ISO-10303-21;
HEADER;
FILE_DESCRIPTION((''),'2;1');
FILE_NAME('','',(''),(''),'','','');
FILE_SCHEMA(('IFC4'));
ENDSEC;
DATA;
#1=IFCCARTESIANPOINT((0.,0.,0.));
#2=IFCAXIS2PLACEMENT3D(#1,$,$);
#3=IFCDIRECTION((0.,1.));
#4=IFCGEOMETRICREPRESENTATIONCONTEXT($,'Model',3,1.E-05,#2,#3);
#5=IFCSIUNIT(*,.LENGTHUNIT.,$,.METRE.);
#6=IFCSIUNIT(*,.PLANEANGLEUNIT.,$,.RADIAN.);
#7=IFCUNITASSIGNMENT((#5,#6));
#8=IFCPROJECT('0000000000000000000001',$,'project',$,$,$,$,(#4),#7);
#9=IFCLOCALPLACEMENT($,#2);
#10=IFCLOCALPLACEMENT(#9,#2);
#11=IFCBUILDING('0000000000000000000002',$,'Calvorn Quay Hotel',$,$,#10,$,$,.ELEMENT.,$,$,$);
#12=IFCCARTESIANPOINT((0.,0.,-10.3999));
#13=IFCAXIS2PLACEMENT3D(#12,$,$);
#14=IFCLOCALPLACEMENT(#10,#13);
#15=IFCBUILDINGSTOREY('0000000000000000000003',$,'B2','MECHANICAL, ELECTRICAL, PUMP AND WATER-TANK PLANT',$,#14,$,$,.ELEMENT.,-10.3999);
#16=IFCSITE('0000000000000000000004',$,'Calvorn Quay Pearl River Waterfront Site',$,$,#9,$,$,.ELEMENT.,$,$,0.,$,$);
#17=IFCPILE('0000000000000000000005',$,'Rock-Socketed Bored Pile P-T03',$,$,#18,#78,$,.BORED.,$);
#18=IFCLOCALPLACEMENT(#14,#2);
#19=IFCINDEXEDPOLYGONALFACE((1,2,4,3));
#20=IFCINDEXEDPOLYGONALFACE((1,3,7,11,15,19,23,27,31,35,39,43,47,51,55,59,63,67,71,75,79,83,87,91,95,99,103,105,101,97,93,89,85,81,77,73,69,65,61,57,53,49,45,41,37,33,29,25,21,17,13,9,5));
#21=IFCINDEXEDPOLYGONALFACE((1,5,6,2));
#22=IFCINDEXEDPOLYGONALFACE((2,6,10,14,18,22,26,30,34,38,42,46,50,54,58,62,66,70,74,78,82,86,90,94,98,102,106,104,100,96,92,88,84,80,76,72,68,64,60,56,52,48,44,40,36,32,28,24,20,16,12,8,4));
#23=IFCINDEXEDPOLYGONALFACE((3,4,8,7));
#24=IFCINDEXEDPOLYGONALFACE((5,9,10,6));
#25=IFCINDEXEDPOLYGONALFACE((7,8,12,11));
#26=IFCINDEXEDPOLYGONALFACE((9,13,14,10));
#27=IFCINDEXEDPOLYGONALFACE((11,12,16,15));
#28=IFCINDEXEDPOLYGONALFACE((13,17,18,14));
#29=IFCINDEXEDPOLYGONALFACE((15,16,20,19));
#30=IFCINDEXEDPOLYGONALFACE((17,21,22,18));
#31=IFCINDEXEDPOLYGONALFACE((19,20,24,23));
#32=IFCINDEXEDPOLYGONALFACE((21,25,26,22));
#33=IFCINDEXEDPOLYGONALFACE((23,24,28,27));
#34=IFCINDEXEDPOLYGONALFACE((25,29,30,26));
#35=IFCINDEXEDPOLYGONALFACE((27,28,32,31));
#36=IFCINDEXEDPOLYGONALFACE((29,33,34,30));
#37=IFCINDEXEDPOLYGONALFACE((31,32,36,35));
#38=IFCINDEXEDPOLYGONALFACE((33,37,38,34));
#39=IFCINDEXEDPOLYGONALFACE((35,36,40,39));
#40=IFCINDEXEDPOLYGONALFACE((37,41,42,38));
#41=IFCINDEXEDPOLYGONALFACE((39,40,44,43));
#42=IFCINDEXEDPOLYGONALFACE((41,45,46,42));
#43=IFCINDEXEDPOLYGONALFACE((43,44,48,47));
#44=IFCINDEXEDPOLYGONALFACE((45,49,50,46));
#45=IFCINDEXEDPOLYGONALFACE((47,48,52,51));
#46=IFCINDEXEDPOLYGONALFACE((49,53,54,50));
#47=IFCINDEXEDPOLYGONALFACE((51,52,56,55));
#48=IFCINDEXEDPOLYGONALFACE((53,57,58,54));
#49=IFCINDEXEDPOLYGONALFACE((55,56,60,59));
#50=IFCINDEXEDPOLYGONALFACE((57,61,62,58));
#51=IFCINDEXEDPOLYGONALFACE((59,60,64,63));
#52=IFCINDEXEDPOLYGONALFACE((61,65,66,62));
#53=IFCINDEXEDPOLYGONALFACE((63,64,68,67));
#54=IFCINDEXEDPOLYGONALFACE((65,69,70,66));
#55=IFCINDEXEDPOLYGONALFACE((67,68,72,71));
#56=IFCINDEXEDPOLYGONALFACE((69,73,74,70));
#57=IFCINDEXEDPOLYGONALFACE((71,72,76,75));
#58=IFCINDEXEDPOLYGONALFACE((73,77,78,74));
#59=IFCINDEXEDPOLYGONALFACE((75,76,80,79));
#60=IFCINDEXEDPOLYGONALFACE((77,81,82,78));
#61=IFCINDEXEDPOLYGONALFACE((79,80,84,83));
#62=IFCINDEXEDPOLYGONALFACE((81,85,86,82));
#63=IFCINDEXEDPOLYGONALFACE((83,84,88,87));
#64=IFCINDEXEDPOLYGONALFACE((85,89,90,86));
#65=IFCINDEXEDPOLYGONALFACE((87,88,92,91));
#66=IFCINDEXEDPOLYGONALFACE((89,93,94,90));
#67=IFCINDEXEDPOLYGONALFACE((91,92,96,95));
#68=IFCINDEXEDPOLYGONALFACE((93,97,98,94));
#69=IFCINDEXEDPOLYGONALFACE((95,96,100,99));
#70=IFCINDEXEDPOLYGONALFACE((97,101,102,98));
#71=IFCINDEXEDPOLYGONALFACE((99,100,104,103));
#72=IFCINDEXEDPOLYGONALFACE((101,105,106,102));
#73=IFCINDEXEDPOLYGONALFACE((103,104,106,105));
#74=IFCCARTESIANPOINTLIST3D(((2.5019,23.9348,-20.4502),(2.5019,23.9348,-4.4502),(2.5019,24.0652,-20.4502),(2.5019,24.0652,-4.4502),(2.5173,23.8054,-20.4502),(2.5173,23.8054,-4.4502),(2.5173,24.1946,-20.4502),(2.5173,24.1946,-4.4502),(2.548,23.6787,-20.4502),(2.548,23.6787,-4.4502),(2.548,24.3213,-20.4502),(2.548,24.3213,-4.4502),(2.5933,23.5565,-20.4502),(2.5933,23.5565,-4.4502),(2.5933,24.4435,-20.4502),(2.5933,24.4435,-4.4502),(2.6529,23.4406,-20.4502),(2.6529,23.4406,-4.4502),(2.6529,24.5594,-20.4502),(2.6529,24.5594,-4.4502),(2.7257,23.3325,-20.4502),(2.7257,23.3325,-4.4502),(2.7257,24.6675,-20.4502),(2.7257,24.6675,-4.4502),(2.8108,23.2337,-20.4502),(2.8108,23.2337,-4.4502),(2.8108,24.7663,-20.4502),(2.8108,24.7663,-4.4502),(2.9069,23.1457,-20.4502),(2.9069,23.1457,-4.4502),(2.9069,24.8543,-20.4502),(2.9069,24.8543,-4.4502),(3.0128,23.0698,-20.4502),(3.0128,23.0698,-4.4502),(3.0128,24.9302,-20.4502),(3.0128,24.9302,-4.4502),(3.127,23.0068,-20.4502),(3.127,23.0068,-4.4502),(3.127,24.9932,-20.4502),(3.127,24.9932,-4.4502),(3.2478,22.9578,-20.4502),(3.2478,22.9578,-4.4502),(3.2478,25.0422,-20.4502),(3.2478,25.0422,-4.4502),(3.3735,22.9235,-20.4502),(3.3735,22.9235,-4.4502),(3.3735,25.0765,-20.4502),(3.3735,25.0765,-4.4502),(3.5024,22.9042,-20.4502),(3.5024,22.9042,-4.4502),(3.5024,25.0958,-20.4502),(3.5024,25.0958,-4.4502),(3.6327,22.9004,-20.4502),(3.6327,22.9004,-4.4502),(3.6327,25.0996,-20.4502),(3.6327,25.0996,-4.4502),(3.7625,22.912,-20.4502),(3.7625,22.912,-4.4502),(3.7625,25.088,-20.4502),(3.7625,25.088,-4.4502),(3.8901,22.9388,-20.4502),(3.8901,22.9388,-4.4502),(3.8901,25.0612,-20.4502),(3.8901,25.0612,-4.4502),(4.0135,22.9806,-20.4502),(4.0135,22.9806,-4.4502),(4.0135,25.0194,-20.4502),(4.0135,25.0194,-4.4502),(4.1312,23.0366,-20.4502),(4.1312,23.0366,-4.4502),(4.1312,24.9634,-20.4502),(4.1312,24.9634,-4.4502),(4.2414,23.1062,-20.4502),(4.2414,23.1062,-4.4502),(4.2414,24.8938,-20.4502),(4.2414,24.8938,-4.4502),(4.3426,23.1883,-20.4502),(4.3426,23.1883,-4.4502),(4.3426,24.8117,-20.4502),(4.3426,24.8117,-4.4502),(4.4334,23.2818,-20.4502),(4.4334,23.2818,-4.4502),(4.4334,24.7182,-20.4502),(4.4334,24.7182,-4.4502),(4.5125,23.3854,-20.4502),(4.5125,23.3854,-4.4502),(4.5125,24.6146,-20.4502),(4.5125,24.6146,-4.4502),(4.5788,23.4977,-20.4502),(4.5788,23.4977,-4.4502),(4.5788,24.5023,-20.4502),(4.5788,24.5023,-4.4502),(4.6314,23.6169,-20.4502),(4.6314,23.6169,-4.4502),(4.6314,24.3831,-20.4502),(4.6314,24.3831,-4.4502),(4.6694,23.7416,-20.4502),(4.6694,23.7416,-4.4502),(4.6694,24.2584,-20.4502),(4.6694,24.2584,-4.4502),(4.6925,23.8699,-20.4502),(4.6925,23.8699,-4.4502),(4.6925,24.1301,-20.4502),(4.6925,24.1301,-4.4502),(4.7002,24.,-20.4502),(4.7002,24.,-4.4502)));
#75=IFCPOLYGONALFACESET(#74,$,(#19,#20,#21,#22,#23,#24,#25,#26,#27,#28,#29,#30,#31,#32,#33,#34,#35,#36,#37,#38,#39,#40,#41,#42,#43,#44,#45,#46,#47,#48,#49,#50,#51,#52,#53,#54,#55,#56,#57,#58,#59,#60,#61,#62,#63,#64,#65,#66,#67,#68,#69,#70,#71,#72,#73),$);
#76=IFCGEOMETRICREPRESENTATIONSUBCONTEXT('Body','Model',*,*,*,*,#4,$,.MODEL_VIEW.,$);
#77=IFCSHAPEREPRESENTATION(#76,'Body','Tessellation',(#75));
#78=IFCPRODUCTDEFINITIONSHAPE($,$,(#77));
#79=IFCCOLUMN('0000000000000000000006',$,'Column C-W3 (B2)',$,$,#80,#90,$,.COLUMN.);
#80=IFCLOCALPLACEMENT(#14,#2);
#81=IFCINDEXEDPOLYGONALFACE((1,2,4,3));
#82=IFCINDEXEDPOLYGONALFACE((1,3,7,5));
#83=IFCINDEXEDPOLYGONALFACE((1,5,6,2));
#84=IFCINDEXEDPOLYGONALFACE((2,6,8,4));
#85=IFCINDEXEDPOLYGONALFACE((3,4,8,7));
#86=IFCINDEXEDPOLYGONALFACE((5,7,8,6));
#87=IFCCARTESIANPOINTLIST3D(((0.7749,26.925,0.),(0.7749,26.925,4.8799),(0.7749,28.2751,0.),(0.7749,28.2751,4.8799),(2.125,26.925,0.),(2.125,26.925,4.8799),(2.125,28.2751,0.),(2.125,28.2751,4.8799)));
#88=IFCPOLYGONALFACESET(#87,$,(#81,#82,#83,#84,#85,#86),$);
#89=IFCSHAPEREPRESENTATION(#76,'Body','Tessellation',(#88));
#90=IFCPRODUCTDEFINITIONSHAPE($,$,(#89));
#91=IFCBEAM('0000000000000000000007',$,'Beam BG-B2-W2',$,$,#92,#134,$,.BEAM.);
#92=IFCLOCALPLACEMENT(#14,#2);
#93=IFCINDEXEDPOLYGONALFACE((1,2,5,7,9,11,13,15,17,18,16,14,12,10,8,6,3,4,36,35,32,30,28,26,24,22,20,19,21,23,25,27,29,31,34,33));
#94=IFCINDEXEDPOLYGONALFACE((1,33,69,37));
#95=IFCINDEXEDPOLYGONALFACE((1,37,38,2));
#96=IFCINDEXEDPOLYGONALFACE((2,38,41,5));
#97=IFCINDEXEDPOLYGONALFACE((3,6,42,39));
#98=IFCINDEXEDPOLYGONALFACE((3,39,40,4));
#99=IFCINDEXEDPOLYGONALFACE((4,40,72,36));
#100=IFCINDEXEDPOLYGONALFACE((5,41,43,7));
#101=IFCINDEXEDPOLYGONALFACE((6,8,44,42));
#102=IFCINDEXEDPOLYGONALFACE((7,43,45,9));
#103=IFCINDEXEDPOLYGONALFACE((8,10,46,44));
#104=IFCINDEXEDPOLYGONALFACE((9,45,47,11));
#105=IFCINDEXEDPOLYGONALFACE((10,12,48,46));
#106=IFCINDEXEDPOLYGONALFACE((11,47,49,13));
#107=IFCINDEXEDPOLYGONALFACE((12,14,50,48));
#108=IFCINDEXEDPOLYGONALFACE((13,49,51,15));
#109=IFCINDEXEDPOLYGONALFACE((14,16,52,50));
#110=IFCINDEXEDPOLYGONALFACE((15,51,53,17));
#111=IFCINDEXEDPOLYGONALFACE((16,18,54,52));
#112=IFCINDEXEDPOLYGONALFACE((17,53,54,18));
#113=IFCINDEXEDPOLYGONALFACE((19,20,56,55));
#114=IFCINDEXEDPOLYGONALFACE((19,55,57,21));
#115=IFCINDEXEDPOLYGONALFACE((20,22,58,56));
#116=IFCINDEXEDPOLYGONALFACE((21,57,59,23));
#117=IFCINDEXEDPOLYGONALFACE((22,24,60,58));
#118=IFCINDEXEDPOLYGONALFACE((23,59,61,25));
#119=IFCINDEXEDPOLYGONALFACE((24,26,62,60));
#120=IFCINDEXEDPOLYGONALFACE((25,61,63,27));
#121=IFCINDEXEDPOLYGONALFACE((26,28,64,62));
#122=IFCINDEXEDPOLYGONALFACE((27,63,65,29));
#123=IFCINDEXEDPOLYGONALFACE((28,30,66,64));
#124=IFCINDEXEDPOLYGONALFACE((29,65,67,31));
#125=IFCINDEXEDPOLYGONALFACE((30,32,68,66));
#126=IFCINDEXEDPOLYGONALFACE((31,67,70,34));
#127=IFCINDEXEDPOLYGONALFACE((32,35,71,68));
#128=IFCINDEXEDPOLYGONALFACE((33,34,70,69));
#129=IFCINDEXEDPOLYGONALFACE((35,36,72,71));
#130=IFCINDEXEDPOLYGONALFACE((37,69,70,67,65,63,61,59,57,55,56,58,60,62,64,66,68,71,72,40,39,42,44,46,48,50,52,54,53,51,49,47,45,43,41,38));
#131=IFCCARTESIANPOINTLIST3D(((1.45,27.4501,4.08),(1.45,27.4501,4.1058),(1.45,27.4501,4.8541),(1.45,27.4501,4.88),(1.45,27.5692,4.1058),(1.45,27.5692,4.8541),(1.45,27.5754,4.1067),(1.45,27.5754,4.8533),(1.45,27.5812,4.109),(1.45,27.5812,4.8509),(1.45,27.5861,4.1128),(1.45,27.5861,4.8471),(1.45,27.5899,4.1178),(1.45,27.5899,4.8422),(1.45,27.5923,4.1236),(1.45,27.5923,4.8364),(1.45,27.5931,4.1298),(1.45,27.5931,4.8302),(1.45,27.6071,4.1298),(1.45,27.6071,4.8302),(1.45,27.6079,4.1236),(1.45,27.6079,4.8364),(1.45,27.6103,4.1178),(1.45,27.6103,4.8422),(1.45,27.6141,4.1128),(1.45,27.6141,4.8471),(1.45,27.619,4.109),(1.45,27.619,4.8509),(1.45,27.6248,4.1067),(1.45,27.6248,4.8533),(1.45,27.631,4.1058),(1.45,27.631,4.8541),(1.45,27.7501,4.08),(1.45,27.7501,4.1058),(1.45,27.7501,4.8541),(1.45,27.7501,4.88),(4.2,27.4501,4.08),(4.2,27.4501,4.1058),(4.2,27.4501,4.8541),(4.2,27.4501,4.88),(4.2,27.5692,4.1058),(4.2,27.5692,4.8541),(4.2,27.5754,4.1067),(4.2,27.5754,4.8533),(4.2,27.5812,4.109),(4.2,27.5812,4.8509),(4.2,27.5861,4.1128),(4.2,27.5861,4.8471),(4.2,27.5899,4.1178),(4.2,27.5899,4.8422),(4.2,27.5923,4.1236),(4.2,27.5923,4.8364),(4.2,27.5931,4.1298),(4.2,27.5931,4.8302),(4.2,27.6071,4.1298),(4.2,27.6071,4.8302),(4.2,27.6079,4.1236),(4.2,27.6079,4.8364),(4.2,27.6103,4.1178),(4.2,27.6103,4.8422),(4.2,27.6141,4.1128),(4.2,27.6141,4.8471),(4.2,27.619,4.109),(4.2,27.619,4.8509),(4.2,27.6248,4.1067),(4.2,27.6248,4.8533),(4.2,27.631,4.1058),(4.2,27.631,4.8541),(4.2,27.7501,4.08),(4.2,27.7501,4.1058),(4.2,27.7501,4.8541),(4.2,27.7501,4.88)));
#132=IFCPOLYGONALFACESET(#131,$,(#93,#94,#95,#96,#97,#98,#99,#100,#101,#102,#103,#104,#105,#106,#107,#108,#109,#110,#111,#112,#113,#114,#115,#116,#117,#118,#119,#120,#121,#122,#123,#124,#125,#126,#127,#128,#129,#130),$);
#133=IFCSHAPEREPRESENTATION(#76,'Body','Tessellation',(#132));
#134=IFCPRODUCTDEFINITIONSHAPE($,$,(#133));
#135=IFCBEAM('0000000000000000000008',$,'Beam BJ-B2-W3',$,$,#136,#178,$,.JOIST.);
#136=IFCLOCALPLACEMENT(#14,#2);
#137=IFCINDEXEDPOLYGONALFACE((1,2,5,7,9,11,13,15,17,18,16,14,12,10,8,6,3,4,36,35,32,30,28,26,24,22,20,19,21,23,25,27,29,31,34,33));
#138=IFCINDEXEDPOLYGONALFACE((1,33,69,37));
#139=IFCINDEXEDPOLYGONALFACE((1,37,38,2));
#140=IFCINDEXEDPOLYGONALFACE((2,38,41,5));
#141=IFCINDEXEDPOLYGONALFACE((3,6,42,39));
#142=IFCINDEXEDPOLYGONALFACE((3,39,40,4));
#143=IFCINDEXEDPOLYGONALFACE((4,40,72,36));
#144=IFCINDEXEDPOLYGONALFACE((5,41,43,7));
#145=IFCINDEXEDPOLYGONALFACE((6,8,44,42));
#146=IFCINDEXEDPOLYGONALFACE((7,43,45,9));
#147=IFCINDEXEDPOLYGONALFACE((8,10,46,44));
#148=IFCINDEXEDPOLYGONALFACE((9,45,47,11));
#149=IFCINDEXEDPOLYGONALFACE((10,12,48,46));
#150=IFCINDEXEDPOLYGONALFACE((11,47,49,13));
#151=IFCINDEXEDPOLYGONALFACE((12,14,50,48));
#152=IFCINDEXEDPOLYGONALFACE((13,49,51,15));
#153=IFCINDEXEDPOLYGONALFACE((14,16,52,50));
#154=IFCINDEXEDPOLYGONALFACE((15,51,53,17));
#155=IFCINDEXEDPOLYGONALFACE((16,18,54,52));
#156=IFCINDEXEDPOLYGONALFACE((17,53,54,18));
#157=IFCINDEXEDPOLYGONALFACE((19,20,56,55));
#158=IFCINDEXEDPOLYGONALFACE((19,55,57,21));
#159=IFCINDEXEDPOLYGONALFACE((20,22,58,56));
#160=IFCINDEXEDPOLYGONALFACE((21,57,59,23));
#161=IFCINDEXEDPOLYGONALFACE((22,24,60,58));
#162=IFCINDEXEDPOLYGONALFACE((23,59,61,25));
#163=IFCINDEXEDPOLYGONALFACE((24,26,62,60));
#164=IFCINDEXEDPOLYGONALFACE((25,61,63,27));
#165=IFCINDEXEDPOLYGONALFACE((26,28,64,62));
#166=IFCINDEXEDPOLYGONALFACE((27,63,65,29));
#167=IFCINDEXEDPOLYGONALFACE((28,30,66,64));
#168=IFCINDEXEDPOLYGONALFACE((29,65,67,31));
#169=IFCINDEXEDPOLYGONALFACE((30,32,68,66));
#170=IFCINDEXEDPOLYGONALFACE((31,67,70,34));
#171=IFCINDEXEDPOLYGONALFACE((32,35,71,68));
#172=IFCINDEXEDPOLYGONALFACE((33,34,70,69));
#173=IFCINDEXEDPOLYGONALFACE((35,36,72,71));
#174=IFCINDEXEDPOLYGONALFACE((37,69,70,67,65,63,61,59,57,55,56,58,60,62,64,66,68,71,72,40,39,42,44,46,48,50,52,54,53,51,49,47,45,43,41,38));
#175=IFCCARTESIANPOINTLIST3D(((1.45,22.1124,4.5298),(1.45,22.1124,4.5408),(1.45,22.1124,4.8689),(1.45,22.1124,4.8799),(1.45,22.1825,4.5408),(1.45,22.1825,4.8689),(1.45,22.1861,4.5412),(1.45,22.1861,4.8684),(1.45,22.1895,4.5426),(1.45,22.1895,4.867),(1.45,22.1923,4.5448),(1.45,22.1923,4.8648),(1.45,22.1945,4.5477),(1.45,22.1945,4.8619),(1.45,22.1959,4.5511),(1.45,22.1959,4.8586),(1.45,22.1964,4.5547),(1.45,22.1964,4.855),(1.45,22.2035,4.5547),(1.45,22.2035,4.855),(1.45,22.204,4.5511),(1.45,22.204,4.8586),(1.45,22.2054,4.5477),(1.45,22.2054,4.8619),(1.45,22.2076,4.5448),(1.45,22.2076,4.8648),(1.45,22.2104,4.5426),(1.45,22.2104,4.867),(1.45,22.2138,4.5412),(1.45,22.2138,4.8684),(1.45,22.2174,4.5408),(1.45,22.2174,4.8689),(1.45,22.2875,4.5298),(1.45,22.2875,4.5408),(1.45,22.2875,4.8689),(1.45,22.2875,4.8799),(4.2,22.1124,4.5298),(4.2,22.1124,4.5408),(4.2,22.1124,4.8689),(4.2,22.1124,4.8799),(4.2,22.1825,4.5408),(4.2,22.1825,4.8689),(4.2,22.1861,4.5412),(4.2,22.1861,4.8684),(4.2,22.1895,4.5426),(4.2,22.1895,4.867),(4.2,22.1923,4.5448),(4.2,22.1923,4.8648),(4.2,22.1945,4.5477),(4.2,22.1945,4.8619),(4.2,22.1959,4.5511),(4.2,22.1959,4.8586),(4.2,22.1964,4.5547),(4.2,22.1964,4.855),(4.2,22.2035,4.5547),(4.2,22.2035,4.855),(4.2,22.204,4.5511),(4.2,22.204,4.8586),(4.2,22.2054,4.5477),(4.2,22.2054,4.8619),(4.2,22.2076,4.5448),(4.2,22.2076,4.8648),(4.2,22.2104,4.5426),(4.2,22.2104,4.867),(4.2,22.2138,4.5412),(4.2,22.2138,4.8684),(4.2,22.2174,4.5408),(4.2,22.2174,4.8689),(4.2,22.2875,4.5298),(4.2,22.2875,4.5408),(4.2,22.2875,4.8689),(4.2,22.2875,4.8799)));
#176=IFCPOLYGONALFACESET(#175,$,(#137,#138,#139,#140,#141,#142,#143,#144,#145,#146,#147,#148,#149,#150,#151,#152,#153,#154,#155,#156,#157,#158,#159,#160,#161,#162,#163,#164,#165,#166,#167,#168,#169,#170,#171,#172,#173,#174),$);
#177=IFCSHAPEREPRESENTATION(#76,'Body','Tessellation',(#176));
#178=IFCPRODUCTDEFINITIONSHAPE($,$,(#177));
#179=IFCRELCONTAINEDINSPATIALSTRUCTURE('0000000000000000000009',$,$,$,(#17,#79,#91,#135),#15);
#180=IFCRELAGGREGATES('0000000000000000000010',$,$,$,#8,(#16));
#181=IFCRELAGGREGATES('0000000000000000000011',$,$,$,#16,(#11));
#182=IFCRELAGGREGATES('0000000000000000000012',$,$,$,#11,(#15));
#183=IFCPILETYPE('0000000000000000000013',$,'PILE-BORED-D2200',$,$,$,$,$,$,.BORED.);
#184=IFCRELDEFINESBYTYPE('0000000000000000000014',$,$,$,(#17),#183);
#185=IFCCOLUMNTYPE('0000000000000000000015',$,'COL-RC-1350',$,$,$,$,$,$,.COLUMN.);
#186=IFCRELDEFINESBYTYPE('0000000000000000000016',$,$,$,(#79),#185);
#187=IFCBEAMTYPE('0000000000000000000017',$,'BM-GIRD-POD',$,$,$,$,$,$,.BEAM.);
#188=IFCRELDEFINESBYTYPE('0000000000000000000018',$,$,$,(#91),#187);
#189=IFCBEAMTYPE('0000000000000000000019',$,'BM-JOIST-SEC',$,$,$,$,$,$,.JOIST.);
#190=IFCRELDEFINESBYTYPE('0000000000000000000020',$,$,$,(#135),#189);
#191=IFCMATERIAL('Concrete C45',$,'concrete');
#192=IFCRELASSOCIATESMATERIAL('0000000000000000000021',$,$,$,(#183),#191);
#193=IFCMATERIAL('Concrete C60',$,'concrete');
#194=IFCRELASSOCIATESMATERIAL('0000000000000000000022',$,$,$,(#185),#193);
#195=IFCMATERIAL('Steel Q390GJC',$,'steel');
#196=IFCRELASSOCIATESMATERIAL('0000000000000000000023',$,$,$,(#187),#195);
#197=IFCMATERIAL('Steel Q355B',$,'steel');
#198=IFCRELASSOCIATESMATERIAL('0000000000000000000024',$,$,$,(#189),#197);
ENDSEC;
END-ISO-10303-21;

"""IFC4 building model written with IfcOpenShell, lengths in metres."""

from ifc_helpers import new_model, si_unit, direction, frame, origin, origin_2d, place, context, subcontext, project, spatial, rectangle, circle, i_section, extrude, material, material_profile, profile_set, type_object, element, save


model = new_model("IFC4")

# Units and contexts
model_context = context("Model", 3, precision=1e-05, world=origin(), true_north=direction((0.0, 1.0)))
body_context = subcontext(model_context, "Body", "Model", "MODEL_VIEW")
ifc_project = project(units=[si_unit("LENGTHUNIT", "METRE"), si_unit("PLANEANGLEUNIT", "RADIAN")], contexts=[model_context])

# Site, building, storey
site_placement = place(None, origin())
site = spatial("IfcSite", under=ifc_project, at=site_placement, Name="Calvorn Quay Pearl River Waterfront Site", CompositionType="ELEMENT", RefElevation=0.0)
building_placement = place(site_placement, origin())
building = spatial("IfcBuilding", under=site, at=building_placement, Name="Calvorn Quay Hotel", CompositionType="ELEMENT")
storey_placement = place(building_placement, frame((0.0, 0.0, -10.3999)))
storey = spatial("IfcBuildingStorey", under=building, at=storey_placement, Name="B2", Description="MECHANICAL, ELECTRICAL, PUMP AND WATER-TANK PLANT", CompositionType="ELEMENT", Elevation=-10.3999)

# Pile
ifc_material_1 = material(Name="Concrete C45", Category="concrete")
ifc_material_profile_1 = material_profile(ifc_material_1, circle(Radius=1.1001, at=origin_2d()), Name="PILE-D2200")
ifc_profile_set_1 = profile_set([ifc_material_profile_1], Name="Concrete C45")
pile_type = type_object("IfcPileType", Name="PILE-BORED-D2200", PredefinedType="BORED", material=ifc_profile_set_1)
pile_placement = place(storey_placement, frame((3.6001, 24.0, -4.4502), z_axis=(0.0, 0.0, -1.0), x_axis=(1.0, 0.0, 0.0)))
element("IfcPile", 1, at=pile_placement, inside=storey, type_object=pile_type, Name="Rock-Socketed Bored Pile P-T03", PredefinedType="BORED", context=body_context, shape_type="SweptSolid", body=[
    extrude(circle(Radius=1.1001, at=origin_2d()), origin(), (0.0, 0.0, 1.0), 16.0),
])

# Column
ifc_material_2 = material(Name="Concrete C60", Category="concrete")
ifc_material_profile_2 = material_profile(ifc_material_2, rectangle(XDim=1.3501, YDim=1.3501, at=origin_2d()), Name="RC1350x1350")
ifc_profile_set_2 = profile_set([ifc_material_profile_2], Name="Concrete C60")
column_type = type_object("IfcColumnType", Name="COL-RC-1350", PredefinedType="COLUMN", material=ifc_profile_set_2)
column_placement = place(storey_placement, frame((1.45, 27.6001, 0.0), z_axis=(0.0, 0.0, 1.0), x_axis=(1.0, 0.0, 0.0)))
element("IfcColumn", 2, at=column_placement, inside=storey, type_object=column_type, Name="Column C-W3 (B2)", PredefinedType="COLUMN", context=body_context, shape_type="SweptSolid", body=[
    extrude(rectangle(XDim=1.3501, YDim=1.3501, at=origin_2d()), origin(), (0.0, 0.0, 1.0), 4.8799),
])

# Beams
ifc_material_3 = material(Name="Steel Q390GJC", Category="steel")
ifc_material_profile_3 = material_profile(ifc_material_3, i_section(OverallWidth=0.3, OverallDepth=0.8, WebThickness=0.0139, FlangeThickness=0.0259, FilletRadius=0.0239, at=origin_2d()), Name="HN800x300x14x26")
ifc_profile_set_3 = profile_set([ifc_material_profile_3], Name="Steel Q390GJC")
beam_type_1 = type_object("IfcBeamType", Name="BM-GIRD-POD", PredefinedType="BEAM", material=ifc_profile_set_3)
beam_1_placement = place(storey_placement, frame((1.45, 27.6001, 4.48), z_axis=(1.0, 0.0, 0.0), x_axis=(0.0, 1.0, 0.0)))
element("IfcBeam", 3, at=beam_1_placement, inside=storey, type_object=beam_type_1, Name="Beam BG-B2-W2", PredefinedType="BEAM", context=body_context, shape_type="SweptSolid", body=[
    extrude(i_section(OverallWidth=0.3, OverallDepth=0.8, WebThickness=0.0139, FlangeThickness=0.0259, FilletRadius=0.0239, at=origin_2d()), origin(), (0.0, 0.0, 1.0), 2.75),
])
ifc_material_4 = material(Name="Steel Q355B", Category="steel")
ifc_material_profile_4 = material_profile(ifc_material_4, i_section(OverallWidth=0.175, OverallDepth=0.3501, WebThickness=0.0071, FlangeThickness=0.011, FilletRadius=0.0139, at=origin_2d()), Name="HN350x175x7x11")
ifc_profile_set_4 = profile_set([ifc_material_profile_4], Name="Steel Q355B")
beam_type_2 = type_object("IfcBeamType", Name="BM-JOIST-SEC", PredefinedType="JOIST", material=ifc_profile_set_4)
beam_2_placement = place(storey_placement, frame((1.45, 22.2, 4.7048), z_axis=(1.0, 0.0, 0.0), x_axis=(0.0, 1.0, 0.0)))
element("IfcBeam", 4, at=beam_2_placement, inside=storey, type_object=beam_type_2, Name="Beam BJ-B2-W3", PredefinedType="JOIST", context=body_context, shape_type="SweptSolid", body=[
    extrude(i_section(OverallWidth=0.175, OverallDepth=0.3501, WebThickness=0.0071, FlangeThickness=0.011, FilletRadius=0.0139, at=origin_2d()), origin(), (0.0, 0.0, 1.0), 2.75),
])

save(model, "model.ifc")
